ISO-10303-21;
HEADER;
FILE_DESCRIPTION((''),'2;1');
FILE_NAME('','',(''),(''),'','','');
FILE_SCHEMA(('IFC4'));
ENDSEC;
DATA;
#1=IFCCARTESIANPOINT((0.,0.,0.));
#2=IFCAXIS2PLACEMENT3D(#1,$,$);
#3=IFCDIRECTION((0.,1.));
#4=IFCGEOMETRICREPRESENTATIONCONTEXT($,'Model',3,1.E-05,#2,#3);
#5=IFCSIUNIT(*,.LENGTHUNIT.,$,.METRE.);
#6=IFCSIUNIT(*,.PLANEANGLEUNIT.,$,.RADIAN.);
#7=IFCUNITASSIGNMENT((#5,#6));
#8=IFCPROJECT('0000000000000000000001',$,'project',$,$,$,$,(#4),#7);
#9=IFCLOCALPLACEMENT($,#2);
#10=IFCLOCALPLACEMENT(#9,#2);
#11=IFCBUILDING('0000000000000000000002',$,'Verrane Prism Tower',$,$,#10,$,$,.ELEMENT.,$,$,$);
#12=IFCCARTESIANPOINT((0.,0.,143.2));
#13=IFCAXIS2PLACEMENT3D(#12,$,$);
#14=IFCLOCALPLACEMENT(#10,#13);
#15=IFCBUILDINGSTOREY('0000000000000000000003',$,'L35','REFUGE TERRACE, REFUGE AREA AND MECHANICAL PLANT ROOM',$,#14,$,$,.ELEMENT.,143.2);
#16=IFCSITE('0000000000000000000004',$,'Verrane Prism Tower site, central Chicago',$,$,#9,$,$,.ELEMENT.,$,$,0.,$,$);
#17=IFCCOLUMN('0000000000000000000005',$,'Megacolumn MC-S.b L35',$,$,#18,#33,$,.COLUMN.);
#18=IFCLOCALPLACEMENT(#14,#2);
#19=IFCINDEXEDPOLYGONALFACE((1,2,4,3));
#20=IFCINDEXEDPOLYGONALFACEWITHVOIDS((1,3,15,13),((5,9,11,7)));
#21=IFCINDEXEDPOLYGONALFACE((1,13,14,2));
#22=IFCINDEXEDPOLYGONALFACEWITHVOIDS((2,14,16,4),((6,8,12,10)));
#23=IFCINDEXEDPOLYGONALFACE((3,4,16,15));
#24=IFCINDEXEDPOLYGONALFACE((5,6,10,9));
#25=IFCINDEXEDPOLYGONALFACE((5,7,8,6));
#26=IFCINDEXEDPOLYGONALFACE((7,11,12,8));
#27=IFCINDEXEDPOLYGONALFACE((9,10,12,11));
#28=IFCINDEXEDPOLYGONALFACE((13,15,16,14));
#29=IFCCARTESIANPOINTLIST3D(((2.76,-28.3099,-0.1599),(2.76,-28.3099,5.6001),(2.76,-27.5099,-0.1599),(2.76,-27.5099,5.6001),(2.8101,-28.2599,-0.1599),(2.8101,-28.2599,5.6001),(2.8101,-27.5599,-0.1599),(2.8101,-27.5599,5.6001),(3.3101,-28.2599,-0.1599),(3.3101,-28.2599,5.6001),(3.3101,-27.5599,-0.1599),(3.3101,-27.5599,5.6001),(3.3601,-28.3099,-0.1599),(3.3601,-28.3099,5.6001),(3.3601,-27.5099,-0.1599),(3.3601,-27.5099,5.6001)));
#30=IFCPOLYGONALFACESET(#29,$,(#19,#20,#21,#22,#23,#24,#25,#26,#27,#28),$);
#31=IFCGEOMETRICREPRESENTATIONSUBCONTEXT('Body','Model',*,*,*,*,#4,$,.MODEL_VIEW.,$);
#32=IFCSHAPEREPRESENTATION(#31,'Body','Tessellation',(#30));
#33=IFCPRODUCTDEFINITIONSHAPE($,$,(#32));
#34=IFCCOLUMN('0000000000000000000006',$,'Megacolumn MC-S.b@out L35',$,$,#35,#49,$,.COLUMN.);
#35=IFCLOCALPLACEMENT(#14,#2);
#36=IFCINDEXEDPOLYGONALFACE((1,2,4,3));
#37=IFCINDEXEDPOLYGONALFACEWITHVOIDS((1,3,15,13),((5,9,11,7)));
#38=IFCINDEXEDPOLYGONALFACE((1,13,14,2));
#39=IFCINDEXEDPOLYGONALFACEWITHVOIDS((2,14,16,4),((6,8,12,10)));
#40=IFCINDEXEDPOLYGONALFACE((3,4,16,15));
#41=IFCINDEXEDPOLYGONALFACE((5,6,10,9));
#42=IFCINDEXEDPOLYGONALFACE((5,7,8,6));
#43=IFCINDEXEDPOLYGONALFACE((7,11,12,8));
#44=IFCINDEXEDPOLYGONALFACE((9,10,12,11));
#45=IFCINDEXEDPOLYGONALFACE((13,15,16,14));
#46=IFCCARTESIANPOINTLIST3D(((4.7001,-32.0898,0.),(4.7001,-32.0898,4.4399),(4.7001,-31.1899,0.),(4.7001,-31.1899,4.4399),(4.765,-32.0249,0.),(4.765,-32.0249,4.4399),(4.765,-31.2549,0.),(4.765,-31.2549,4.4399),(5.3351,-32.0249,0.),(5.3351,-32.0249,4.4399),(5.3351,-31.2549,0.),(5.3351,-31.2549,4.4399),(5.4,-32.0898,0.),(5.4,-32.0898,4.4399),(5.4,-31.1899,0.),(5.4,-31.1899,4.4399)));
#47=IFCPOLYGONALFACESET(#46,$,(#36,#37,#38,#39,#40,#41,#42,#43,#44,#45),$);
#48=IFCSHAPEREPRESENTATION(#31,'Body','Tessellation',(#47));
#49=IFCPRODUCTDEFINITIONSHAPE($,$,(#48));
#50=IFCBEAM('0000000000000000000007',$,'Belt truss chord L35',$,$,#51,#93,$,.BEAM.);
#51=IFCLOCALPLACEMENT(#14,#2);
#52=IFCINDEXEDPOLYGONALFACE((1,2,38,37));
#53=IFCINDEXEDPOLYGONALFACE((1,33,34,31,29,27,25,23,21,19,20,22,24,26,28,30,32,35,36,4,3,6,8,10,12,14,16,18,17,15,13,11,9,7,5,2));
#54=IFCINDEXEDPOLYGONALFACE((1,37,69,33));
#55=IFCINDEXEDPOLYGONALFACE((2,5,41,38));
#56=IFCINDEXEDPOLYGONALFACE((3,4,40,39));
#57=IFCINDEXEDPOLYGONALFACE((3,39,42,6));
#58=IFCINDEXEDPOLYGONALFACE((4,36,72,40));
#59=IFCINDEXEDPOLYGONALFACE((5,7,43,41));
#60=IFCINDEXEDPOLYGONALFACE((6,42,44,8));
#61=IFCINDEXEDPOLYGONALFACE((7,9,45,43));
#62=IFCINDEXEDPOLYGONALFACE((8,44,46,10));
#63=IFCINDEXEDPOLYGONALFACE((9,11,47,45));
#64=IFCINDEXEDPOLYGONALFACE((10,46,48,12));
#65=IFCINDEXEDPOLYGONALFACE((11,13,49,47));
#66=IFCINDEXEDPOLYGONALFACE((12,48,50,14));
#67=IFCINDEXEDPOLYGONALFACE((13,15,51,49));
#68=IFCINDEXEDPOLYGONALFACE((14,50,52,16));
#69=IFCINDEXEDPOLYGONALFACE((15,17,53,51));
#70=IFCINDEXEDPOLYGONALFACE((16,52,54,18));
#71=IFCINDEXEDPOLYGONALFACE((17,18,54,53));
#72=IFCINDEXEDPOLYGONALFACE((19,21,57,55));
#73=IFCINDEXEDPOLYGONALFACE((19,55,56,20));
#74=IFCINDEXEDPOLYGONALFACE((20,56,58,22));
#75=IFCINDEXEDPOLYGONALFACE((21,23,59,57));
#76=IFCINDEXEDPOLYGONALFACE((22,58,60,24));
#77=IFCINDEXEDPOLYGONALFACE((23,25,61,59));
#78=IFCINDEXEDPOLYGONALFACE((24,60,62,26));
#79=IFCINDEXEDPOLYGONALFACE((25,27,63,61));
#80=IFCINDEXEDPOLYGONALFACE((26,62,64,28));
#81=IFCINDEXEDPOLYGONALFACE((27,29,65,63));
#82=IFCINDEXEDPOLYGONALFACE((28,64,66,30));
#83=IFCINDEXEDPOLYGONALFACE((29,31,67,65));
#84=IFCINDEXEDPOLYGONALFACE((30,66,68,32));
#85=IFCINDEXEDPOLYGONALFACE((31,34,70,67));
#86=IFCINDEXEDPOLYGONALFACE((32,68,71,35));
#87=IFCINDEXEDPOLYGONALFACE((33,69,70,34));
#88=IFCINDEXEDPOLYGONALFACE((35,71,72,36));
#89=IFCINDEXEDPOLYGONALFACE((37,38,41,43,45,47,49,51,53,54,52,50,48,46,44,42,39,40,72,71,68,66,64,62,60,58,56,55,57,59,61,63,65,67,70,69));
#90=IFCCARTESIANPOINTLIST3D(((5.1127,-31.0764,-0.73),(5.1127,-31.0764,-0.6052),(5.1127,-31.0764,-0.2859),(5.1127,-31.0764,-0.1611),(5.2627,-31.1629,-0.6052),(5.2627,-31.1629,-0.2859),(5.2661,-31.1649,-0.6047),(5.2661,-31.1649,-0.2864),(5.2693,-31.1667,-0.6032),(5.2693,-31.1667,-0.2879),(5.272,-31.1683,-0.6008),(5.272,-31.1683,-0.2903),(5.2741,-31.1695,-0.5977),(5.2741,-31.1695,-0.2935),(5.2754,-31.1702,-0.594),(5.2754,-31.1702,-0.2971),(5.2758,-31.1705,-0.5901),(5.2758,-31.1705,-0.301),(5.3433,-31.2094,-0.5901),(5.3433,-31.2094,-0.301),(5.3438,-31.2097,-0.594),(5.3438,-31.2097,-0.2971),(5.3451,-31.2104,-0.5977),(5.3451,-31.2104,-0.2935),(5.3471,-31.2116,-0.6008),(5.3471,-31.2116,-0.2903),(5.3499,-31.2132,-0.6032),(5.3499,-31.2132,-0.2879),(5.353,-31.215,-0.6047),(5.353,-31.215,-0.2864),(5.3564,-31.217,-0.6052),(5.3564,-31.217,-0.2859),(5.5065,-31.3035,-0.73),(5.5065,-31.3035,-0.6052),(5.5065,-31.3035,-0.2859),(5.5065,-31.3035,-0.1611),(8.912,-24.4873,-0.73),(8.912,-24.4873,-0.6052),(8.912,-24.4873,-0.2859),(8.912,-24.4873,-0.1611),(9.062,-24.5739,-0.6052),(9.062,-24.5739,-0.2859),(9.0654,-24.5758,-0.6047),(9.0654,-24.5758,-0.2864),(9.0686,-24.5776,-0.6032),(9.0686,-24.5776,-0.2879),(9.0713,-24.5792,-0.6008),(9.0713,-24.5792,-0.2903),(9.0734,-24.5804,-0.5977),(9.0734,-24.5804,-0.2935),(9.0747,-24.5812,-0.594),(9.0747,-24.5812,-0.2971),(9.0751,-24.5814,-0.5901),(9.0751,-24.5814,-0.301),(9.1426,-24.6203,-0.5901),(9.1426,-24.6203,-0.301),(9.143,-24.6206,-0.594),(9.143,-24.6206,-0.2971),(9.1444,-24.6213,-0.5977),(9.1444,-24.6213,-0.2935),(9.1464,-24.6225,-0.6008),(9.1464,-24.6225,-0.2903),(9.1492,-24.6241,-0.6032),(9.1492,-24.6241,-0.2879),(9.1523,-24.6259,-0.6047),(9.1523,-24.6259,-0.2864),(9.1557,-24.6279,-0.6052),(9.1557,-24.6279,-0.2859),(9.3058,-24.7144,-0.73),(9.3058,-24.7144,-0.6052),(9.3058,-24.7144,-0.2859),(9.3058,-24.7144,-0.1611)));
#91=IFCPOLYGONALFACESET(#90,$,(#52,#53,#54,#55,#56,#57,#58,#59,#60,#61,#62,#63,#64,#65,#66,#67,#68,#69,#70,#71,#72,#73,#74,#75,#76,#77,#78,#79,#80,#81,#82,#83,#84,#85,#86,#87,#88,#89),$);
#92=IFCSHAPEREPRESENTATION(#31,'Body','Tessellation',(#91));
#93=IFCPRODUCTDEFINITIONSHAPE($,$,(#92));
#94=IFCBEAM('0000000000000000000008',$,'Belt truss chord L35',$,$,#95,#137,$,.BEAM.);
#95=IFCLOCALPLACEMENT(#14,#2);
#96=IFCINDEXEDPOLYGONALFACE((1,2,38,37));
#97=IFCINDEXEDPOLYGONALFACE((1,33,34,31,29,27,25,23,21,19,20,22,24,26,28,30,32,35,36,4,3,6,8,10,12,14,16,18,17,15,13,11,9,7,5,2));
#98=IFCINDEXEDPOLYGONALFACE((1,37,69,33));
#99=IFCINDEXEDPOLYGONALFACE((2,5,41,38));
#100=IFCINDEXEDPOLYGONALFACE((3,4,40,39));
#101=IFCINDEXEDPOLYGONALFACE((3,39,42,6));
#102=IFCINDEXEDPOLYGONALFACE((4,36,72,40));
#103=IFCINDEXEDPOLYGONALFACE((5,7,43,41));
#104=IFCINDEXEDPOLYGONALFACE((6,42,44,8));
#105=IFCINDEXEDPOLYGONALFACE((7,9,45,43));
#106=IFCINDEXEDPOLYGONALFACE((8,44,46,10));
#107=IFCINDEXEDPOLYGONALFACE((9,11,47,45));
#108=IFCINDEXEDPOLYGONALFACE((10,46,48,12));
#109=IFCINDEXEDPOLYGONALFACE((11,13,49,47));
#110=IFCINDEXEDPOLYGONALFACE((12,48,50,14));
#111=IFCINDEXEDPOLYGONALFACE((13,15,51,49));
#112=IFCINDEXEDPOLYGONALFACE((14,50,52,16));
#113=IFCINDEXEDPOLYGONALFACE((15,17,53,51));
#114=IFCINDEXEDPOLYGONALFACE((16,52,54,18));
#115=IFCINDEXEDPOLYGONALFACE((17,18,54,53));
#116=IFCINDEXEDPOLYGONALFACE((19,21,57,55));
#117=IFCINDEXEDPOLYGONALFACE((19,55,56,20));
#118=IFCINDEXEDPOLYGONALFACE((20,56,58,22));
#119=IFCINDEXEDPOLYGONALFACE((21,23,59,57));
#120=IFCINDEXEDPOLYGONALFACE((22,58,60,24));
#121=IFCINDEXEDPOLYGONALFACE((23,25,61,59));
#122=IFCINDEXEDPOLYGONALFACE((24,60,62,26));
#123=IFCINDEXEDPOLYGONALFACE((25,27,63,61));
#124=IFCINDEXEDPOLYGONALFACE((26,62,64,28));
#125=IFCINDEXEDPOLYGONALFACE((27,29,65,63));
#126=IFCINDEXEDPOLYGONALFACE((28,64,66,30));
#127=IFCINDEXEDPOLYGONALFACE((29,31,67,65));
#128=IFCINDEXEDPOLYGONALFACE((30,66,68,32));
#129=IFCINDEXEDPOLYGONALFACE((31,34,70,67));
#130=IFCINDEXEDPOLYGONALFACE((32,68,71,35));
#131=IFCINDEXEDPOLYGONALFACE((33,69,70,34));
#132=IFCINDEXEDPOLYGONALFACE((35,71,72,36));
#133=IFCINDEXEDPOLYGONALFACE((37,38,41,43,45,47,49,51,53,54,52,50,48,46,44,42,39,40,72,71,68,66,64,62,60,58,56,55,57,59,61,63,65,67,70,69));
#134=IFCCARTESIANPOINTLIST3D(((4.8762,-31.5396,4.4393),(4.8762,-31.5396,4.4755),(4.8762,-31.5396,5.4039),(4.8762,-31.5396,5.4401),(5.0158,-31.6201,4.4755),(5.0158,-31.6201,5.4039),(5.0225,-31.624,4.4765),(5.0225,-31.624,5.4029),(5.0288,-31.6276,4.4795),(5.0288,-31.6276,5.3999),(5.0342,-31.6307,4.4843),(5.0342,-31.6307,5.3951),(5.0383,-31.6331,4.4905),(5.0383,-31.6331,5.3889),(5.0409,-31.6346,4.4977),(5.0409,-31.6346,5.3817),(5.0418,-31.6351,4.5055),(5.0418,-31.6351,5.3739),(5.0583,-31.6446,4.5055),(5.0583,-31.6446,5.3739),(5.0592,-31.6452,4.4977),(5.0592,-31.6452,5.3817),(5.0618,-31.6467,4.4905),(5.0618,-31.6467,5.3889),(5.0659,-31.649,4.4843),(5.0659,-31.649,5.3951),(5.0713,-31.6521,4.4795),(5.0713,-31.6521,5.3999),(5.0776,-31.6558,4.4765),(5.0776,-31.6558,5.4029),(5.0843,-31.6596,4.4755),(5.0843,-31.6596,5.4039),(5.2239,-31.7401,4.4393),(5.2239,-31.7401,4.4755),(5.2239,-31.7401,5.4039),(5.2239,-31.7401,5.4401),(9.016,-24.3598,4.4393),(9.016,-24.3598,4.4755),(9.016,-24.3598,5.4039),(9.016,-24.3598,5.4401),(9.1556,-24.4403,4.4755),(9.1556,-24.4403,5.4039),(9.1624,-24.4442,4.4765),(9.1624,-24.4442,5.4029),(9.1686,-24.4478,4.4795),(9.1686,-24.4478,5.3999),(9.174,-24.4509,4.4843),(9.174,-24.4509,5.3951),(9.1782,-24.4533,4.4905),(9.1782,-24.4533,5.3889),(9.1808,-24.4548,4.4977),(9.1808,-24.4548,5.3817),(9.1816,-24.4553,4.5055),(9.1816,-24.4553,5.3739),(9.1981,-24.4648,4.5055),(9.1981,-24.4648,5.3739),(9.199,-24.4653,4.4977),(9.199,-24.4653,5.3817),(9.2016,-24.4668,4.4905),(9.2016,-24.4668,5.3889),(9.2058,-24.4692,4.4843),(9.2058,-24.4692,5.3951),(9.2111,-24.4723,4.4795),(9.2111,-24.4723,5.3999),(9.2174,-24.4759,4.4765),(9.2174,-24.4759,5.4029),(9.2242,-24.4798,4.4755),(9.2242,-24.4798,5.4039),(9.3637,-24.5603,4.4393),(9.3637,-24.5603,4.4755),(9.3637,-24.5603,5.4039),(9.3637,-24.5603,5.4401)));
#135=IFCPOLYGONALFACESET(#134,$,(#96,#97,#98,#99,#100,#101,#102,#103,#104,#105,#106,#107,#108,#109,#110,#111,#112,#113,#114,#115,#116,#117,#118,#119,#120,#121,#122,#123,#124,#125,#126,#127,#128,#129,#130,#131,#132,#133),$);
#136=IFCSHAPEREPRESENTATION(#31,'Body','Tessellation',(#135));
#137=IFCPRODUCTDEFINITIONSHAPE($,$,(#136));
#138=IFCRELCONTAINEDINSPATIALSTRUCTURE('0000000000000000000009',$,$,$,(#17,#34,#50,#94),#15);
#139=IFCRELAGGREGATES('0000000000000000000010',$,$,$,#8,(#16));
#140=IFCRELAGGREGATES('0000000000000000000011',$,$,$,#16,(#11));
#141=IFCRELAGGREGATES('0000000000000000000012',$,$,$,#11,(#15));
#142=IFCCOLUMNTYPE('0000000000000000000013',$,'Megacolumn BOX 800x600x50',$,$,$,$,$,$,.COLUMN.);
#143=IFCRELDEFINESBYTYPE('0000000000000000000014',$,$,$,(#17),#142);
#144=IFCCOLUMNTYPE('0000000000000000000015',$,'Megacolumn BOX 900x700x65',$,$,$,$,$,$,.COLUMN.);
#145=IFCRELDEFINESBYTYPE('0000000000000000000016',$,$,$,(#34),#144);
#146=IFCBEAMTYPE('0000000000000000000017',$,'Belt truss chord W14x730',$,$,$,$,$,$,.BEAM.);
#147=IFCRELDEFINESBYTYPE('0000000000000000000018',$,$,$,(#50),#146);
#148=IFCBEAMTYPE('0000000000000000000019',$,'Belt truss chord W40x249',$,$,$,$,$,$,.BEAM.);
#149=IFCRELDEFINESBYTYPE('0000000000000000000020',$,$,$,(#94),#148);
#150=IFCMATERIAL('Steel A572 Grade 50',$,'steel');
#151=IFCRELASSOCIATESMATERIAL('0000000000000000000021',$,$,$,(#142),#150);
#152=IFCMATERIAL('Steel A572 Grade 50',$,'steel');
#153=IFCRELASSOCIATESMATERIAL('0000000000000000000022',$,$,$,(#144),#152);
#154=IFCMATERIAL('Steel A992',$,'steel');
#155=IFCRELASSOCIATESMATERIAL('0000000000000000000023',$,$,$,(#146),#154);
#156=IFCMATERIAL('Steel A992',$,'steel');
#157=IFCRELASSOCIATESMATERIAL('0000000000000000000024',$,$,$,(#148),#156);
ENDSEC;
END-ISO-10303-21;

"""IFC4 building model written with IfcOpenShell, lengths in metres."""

from ifc_helpers import new_model, si_unit, direction, frame, origin, origin_2d, place, context, subcontext, project, spatial, hollow_rectangle, i_section, extrude, material, material_profile, profile_set, type_object, element, save


model = new_model("IFC4")

# Units and contexts
model_context = context("Model", 3, precision=1e-05, world=origin(), true_north=direction((0.0, 1.0)))
body_context = subcontext(model_context, "Body", "Model", "MODEL_VIEW")
ifc_project = project(units=[si_unit("LENGTHUNIT", "METRE"), si_unit("PLANEANGLEUNIT", "RADIAN")], contexts=[model_context])

# Site, building, storey
site_placement = place(None, origin())
site = spatial("IfcSite", under=ifc_project, at=site_placement, Name="Verrane Prism Tower site, central Chicago", CompositionType="ELEMENT", RefElevation=0.0)
building_placement = place(site_placement, origin())
building = spatial("IfcBuilding", under=site, at=building_placement, Name="Verrane Prism Tower", CompositionType="ELEMENT")
storey_placement = place(building_placement, frame((0.0, 0.0, 143.2)))
storey = spatial("IfcBuildingStorey", under=building, at=storey_placement, Name="L35", Description="REFUGE TERRACE, REFUGE AREA AND MECHANICAL PLANT ROOM", CompositionType="ELEMENT", Elevation=143.2)

# Columns
ifc_material_1 = material(Name="Steel A572 Grade 50", Category="steel")
ifc_material_profile_1 = material_profile(ifc_material_1, hollow_rectangle(XDim=0.6001, YDim=0.8, WallThickness=0.05, at=origin_2d()), Name="BOX 800x600x50")
ifc_profile_set_1 = profile_set([ifc_material_profile_1], Name="Steel A572 Grade 50")
column_type_1 = type_object("IfcColumnType", Name="Megacolumn BOX 800x600x50", PredefinedType="COLUMN", material=ifc_profile_set_1)
column_1_placement = place(storey_placement, frame((3.0601, -27.9099, -0.1599), z_axis=(0.0, 0.0, 1.0), x_axis=(-1.0, 0.0, 0.0)))
element("IfcColumn", 1, at=column_1_placement, inside=storey, type_object=column_type_1, Name="Megacolumn MC-S.b L35", PredefinedType="COLUMN", context=body_context, shape_type="SweptSolid", body=[
    extrude(hollow_rectangle(XDim=0.6001, YDim=0.8, WallThickness=0.05, at=origin_2d()), origin(), (0.0, 0.0, 1.0), 5.76),
])
ifc_material_2 = material(Name="Steel A572 Grade 50", Category="steel")
ifc_material_profile_2 = material_profile(ifc_material_2, hollow_rectangle(XDim=0.7, YDim=0.8999, WallThickness=0.0649, at=origin_2d()), Name="BOX 900x700x65")
ifc_profile_set_2 = profile_set([ifc_material_profile_2], Name="Steel A572 Grade 50")
column_type_2 = type_object("IfcColumnType", Name="Megacolumn BOX 900x700x65", PredefinedType="COLUMN", material=ifc_profile_set_2)
column_2_placement = place(storey_placement, frame((5.05, -31.6399, 0.0), z_axis=(0.0, 0.0, 1.0), x_axis=(-1.0, 0.0, 0.0)))
element("IfcColumn", 2, at=column_2_placement, inside=storey, type_object=column_type_2, Name="Megacolumn MC-S.b@out L35", PredefinedType="COLUMN", context=body_context, shape_type="SweptSolid", body=[
    extrude(hollow_rectangle(XDim=0.7, YDim=0.8999, WallThickness=0.0649, at=origin_2d()), origin(), (0.0, 0.0, 1.0), 4.4399),
])

# Beams
ifc_material_3 = material(Name="Steel A992", Category="steel")
ifc_material_profile_3 = material_profile(ifc_material_3, i_section(OverallWidth=0.4546, OverallDepth=0.5688, WebThickness=0.0779, FlangeThickness=0.1248, FilletRadius=0.0151, at=origin_2d()), Name="W14x730")
ifc_profile_set_3 = profile_set([ifc_material_profile_3], Name="Steel A992")
beam_type_1 = type_object("IfcBeamType", Name="Belt truss chord W14x730", PredefinedType="BEAM", material=ifc_profile_set_3)
beam_1_placement = place(storey_placement, frame((5.3096, -31.1899, -0.4456), z_axis=(0.499516, 0.866305, 0.0), x_axis=(-0.866305, 0.499516, 0.0)))
element("IfcBeam", 3, at=beam_1_placement, inside=storey, type_object=beam_type_1, Name="Belt truss chord L35", PredefinedType="BEAM", context=body_context, shape_type="SweptSolid", body=[
    extrude(i_section(OverallWidth=0.4546, OverallDepth=0.5688, WebThickness=0.0779, FlangeThickness=0.1248, FilletRadius=0.0151, at=origin_2d()), origin(), (0.0, 0.0, 1.0), 7.606),
])
ifc_material_4 = material(Name="Steel A992", Category="steel")
ifc_material_profile_4 = material_profile(ifc_material_4, i_section(OverallWidth=0.4014, OverallDepth=1.0007, WebThickness=0.019, FlangeThickness=0.0361, FilletRadius=0.03, at=origin_2d()), Name="W40x249")
ifc_profile_set_4 = profile_set([ifc_material_profile_4], Name="Steel A992")
beam_type_2 = type_object("IfcBeamType", Name="Belt truss chord W40x249", PredefinedType="BEAM", material=ifc_profile_set_4)
beam_2_placement = place(storey_placement, frame((5.05, -31.6399, 4.9397), z_axis=(0.499507, 0.86631, 0.0), x_axis=(-0.86631, 0.499507, 0.0)))
element("IfcBeam", 4, at=beam_2_placement, inside=storey, type_object=beam_type_2, Name="Belt truss chord L35", PredefinedType="BEAM", context=body_context, shape_type="SweptSolid", body=[
    extrude(i_section(OverallWidth=0.4014, OverallDepth=1.0007, WebThickness=0.019, FlangeThickness=0.0361, FilletRadius=0.03, at=origin_2d()), origin(), (0.0, 0.0, 1.0), 8.2878),
])

save(model, "model.ifc")
